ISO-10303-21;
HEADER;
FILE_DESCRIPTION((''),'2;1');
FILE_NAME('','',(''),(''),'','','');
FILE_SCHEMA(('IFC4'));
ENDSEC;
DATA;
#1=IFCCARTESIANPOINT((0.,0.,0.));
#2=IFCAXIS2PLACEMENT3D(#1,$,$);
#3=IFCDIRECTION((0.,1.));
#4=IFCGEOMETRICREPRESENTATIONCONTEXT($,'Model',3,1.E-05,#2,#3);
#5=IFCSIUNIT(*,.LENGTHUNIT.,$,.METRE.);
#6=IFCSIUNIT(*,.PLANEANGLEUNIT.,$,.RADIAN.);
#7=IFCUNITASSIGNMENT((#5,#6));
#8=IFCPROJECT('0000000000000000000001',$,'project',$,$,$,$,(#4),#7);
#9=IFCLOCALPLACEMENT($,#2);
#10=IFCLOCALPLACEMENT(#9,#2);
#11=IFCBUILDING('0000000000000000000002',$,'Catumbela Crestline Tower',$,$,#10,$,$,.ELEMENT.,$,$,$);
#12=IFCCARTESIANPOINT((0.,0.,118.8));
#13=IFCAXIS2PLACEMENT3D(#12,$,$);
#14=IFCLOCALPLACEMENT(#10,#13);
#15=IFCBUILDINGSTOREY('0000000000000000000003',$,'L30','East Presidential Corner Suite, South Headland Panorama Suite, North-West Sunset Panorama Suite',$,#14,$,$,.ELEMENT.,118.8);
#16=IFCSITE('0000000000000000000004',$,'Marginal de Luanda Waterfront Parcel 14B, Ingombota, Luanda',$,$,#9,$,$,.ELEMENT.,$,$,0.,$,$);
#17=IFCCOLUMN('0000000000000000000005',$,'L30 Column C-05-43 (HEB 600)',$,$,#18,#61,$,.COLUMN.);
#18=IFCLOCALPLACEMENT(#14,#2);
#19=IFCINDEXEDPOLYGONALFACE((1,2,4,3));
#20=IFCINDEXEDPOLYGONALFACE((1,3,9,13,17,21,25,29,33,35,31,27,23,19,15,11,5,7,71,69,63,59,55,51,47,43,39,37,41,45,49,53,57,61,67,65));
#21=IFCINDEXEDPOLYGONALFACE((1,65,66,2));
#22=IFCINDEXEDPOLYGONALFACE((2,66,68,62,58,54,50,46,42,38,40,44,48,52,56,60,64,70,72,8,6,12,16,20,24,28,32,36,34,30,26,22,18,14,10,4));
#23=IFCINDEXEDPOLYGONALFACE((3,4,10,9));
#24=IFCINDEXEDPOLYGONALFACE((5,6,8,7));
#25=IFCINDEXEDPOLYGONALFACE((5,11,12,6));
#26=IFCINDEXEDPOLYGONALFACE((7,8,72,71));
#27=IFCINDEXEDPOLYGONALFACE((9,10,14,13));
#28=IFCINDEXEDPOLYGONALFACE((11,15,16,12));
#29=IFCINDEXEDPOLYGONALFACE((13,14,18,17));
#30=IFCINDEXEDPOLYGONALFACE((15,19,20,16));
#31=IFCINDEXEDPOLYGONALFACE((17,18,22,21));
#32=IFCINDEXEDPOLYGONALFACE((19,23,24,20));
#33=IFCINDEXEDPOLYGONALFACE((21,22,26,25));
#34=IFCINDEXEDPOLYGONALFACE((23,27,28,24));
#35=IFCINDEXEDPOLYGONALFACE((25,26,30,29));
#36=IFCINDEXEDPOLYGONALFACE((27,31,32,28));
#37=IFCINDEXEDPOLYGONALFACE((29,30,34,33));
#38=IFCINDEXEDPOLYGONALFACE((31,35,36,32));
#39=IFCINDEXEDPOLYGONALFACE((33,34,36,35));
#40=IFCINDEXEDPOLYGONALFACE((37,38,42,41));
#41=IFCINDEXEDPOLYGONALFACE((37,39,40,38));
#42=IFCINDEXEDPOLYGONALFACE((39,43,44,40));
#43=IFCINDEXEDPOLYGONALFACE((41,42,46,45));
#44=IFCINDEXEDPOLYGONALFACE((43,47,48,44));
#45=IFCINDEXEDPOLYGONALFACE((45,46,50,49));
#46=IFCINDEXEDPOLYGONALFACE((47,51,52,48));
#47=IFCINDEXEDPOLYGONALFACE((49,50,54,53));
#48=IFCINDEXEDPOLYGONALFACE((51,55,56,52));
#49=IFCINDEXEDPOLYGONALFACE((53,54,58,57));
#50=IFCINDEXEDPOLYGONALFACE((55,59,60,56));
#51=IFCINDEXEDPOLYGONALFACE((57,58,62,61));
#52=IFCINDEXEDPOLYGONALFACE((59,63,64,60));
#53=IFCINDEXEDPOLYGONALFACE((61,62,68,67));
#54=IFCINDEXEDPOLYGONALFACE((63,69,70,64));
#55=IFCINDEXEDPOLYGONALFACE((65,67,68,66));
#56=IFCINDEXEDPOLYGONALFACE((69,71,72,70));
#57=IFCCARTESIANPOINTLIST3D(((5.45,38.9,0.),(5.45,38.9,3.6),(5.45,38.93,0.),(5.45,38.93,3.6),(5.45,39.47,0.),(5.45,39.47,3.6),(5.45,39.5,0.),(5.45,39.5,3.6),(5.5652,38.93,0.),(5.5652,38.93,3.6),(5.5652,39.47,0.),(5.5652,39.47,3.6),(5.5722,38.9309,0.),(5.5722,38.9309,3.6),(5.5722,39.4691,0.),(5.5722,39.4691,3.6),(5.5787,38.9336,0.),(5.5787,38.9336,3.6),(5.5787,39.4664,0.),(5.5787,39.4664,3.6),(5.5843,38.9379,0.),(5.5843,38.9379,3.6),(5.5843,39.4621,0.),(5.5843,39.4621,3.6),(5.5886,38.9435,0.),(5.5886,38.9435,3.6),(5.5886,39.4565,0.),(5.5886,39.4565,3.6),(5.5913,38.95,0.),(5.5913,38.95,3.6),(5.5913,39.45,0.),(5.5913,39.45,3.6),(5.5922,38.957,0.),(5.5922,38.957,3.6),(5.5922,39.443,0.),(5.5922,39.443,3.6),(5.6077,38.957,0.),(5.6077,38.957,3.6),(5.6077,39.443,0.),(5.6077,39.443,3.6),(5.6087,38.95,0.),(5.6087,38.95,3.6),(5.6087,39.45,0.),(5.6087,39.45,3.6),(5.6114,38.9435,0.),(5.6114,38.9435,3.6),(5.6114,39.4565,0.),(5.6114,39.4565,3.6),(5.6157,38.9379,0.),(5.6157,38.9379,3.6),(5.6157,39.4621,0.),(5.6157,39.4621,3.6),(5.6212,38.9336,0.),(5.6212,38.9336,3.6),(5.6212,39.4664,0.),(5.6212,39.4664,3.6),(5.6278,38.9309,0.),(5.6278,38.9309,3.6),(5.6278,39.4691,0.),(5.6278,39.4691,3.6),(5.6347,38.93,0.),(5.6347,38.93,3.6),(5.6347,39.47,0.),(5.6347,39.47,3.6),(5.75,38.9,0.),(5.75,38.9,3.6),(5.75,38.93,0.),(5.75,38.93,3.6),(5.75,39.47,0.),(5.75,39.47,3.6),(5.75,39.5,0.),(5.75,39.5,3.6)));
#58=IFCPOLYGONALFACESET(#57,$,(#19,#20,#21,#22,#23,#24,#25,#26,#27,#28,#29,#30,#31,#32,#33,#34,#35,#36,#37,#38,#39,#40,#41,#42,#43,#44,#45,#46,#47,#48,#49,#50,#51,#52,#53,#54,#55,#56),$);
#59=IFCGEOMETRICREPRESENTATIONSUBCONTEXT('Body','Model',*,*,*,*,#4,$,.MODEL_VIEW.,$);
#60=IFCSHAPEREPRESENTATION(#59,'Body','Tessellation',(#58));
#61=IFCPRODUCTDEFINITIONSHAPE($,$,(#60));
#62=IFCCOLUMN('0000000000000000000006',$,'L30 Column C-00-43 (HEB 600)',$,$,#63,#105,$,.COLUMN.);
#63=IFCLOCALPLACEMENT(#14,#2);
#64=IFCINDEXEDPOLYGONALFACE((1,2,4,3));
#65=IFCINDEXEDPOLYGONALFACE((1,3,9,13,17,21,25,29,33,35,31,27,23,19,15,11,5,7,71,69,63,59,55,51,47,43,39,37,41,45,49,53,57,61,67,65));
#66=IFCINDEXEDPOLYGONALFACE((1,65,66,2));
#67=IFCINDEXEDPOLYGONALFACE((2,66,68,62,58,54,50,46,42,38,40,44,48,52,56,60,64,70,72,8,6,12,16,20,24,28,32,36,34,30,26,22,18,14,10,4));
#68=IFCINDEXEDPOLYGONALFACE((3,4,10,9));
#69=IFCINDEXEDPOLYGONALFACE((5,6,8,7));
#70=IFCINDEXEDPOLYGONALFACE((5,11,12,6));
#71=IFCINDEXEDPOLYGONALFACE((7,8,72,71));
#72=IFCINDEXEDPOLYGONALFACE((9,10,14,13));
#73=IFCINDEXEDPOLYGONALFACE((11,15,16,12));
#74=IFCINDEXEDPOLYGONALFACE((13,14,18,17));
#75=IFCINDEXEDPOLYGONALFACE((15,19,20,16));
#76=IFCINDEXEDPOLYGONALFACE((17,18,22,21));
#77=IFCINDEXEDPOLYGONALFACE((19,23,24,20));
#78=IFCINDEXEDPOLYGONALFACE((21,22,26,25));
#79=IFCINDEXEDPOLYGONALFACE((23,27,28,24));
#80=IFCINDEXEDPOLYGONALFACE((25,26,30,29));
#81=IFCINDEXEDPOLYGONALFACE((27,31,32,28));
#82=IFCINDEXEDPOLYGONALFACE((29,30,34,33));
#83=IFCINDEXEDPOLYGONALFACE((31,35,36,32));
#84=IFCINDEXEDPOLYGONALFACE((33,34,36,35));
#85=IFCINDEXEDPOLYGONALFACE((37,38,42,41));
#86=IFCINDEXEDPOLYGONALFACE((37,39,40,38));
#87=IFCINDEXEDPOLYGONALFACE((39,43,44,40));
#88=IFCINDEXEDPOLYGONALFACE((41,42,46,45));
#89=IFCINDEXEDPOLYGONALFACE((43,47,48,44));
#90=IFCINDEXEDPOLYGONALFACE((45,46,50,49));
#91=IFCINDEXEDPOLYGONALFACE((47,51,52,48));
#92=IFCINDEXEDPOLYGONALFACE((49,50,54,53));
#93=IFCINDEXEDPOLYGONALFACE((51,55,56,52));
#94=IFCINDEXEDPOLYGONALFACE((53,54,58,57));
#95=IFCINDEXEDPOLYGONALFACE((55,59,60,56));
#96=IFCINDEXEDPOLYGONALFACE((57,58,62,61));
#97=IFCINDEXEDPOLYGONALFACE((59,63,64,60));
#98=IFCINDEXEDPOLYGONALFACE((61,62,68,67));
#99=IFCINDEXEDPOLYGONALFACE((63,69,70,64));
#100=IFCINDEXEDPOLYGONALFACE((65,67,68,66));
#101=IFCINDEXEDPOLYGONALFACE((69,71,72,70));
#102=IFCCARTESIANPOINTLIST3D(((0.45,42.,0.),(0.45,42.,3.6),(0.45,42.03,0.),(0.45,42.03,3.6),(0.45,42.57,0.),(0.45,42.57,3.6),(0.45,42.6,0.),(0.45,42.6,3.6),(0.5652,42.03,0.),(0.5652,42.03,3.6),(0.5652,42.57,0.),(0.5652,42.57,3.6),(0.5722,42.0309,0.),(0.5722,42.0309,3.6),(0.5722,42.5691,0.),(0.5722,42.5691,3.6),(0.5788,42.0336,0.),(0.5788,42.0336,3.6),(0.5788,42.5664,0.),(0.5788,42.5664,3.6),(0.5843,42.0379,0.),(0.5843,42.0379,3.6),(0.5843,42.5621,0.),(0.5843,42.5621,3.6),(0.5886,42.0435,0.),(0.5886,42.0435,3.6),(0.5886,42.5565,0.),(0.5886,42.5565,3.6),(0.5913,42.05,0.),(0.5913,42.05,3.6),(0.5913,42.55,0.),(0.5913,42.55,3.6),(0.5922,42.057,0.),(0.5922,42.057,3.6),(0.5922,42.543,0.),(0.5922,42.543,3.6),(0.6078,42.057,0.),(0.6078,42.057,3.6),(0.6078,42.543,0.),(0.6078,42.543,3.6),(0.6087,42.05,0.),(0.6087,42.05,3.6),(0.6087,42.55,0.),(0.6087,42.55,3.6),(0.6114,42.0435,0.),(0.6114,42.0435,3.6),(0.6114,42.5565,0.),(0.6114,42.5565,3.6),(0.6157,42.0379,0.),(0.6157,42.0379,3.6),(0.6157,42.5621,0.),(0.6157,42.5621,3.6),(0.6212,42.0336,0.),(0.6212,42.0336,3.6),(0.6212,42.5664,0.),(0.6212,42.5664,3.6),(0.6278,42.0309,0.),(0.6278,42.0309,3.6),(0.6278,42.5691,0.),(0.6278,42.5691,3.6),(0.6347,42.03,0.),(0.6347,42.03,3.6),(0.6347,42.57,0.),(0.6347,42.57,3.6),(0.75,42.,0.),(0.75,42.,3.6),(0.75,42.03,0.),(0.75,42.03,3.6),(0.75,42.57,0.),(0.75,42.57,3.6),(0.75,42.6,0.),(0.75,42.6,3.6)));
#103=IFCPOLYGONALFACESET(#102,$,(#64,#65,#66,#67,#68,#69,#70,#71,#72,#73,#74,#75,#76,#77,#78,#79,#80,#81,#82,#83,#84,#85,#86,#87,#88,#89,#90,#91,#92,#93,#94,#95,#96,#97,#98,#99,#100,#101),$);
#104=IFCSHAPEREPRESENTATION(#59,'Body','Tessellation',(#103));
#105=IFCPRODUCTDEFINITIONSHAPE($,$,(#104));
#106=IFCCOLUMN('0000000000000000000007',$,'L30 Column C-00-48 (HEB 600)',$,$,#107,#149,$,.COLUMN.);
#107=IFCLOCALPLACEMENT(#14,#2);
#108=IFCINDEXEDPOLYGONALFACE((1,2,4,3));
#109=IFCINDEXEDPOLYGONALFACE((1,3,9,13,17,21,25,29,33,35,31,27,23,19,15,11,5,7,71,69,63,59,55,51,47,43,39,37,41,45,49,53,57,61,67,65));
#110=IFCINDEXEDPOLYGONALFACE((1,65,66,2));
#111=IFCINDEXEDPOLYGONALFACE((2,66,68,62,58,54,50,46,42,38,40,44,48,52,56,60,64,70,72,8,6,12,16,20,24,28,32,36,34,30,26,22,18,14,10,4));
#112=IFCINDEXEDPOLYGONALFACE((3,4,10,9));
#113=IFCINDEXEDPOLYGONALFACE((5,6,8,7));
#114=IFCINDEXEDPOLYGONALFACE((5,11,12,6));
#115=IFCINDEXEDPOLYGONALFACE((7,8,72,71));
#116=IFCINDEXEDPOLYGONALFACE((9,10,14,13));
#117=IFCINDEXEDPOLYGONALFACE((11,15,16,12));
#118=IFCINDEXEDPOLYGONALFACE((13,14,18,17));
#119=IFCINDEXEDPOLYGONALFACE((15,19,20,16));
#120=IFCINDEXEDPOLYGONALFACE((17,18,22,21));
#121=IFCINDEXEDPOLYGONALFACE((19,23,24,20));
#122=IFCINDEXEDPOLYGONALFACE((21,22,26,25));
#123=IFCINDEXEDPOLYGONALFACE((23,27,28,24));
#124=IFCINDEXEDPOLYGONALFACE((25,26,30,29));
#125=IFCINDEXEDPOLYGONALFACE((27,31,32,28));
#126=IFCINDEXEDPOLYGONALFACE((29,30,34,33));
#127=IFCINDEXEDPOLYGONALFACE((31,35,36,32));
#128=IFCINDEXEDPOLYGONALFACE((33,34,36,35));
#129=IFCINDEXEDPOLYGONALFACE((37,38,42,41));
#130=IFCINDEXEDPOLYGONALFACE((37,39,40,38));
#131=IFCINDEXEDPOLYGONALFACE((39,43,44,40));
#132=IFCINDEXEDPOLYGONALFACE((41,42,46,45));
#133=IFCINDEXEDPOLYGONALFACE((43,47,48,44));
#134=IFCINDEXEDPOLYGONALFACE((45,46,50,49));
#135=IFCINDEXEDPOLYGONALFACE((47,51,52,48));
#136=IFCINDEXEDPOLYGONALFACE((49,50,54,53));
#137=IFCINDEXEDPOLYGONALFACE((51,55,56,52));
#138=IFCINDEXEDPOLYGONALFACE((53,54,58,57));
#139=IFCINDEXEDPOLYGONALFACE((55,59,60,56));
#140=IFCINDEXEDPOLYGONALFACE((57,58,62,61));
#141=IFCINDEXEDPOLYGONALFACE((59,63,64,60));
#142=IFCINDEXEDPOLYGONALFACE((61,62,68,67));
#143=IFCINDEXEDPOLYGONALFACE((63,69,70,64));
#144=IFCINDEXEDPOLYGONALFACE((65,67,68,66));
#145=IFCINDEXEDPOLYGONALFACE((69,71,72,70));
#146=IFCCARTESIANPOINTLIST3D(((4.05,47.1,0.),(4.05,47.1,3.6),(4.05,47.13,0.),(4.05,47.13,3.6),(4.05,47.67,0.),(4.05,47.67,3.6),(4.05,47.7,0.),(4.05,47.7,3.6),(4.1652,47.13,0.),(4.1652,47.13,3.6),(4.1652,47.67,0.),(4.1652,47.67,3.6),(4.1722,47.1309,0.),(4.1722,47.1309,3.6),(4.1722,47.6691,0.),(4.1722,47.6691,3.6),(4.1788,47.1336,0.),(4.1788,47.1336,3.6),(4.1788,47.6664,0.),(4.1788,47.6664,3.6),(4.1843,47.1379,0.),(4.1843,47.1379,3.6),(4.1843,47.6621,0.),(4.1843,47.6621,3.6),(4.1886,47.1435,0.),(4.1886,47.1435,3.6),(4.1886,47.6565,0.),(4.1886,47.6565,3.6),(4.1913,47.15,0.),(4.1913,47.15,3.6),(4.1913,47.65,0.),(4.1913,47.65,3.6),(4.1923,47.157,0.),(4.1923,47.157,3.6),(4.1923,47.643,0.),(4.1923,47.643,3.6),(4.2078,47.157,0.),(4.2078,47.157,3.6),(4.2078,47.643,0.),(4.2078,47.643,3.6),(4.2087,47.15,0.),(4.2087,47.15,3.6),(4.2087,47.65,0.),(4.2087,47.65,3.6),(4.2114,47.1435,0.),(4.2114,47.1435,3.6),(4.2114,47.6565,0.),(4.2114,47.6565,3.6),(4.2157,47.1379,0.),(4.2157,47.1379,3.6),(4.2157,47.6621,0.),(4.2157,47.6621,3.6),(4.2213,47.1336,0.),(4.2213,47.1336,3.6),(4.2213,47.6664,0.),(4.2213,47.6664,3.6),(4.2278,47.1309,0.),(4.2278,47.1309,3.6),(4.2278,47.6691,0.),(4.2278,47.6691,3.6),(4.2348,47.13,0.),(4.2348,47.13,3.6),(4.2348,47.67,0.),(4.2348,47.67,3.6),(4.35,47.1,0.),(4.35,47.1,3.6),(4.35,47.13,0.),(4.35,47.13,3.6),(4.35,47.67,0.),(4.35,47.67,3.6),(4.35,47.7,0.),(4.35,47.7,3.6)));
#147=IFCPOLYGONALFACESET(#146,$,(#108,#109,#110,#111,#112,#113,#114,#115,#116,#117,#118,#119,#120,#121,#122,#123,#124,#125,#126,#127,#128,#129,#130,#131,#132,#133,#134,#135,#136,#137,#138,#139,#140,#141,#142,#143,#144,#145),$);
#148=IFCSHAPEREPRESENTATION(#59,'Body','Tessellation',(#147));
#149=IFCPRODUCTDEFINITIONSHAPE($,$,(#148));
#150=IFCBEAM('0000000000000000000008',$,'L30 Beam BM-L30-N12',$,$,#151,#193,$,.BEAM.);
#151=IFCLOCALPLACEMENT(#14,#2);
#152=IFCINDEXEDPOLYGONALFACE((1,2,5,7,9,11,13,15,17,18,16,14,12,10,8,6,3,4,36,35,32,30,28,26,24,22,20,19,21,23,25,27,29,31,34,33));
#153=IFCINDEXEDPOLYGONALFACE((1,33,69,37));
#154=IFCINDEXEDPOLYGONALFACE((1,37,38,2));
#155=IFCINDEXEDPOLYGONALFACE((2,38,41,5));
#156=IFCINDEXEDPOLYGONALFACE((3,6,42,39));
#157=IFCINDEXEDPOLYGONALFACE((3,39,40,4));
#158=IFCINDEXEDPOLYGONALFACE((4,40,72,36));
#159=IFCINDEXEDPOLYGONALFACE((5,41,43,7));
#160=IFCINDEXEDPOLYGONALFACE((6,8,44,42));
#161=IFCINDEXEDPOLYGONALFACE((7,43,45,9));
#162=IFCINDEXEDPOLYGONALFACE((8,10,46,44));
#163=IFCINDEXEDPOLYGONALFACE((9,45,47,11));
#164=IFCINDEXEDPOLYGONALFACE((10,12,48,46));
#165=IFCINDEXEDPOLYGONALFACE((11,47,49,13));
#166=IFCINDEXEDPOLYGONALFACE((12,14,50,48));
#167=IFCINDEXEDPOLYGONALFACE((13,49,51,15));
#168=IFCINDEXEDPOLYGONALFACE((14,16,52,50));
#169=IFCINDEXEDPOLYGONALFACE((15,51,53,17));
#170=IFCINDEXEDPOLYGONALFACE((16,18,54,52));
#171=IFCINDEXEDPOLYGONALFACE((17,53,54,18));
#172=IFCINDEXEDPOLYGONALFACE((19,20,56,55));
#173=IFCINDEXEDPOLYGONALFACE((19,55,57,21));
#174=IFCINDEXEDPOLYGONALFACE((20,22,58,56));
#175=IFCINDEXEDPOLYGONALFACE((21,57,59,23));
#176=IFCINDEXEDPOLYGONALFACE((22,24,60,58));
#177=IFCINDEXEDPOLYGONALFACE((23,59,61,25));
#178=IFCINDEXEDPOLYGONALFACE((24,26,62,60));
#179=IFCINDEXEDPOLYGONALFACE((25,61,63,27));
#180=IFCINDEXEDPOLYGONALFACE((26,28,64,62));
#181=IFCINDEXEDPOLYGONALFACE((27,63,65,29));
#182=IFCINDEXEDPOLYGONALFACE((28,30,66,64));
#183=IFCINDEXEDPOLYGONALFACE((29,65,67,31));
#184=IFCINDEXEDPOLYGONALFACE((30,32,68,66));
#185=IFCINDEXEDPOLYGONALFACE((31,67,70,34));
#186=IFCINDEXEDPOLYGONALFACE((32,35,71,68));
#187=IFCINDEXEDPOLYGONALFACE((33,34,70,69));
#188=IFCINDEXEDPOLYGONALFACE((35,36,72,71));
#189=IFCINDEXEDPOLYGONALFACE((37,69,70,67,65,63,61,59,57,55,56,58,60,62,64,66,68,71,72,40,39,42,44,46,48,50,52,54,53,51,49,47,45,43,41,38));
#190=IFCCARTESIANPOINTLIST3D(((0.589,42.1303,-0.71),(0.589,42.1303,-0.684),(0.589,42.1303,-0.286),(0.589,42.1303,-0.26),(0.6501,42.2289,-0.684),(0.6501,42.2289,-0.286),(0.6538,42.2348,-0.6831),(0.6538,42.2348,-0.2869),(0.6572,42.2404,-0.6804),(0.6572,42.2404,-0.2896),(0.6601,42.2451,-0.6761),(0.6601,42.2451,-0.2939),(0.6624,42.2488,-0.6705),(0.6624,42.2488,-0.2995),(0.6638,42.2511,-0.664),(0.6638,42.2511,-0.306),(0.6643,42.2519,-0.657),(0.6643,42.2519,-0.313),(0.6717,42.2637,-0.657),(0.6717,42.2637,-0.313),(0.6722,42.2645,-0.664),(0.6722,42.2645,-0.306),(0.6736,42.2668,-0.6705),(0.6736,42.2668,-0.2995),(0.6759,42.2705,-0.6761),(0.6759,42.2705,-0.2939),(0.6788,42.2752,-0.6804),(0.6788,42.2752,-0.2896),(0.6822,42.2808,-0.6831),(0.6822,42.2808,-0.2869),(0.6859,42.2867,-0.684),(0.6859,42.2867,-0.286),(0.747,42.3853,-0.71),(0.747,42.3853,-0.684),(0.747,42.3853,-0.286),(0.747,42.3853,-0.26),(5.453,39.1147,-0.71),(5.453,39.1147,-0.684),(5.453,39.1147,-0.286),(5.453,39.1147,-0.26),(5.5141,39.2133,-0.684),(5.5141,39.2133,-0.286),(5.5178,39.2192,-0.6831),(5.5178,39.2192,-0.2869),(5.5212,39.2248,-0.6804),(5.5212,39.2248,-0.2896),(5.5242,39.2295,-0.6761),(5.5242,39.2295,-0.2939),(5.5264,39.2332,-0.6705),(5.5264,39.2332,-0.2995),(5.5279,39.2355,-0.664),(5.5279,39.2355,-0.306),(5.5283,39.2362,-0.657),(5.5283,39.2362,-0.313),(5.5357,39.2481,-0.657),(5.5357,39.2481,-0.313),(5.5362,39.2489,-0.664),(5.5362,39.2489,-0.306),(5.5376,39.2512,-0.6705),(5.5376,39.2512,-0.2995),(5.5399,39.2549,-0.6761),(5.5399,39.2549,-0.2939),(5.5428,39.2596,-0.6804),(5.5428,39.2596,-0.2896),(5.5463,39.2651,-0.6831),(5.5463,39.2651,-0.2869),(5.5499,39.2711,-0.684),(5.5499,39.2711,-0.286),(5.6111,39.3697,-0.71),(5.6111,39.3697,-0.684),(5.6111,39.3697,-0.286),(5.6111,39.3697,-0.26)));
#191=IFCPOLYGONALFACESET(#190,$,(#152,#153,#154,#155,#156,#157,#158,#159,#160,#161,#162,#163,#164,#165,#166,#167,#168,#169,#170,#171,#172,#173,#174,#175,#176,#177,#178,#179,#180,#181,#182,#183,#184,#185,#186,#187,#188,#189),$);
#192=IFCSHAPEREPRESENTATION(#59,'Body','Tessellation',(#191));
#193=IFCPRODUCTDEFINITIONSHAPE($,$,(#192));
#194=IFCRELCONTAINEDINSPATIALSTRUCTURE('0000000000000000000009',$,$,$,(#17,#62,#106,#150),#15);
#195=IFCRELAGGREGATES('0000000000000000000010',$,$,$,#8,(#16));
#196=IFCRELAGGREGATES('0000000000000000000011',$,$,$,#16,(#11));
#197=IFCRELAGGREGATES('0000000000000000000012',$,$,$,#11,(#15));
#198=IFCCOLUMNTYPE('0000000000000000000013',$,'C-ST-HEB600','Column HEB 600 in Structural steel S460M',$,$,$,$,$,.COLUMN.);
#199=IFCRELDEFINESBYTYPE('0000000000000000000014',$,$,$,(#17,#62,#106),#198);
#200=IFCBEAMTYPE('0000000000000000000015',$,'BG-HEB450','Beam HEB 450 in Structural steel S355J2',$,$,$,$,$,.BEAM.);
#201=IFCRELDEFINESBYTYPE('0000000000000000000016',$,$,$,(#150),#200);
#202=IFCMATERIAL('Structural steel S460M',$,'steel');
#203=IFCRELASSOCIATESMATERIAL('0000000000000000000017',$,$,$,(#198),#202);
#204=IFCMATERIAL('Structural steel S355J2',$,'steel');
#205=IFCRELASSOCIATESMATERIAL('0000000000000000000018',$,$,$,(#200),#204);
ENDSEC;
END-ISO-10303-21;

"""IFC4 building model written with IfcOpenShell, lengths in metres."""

from ifc_helpers import new_model, si_unit, direction, frame, origin, origin_2d, place, context, subcontext, project, spatial, i_section, extrude, material, material_profile, profile_set, type_object, element, save


model = new_model("IFC4")

# Units and contexts
model_context = context("Model", 3, precision=1e-05, world=origin(), true_north=direction((0.0, 1.0)))
body_context = subcontext(model_context, "Body", "Model", "MODEL_VIEW")
ifc_project = project(units=[si_unit("LENGTHUNIT", "METRE"), si_unit("PLANEANGLEUNIT", "RADIAN")], contexts=[model_context])

# Site, building, storey
site_placement = place(None, origin())
site = spatial("IfcSite", under=ifc_project, at=site_placement, Name="Marginal de Luanda Waterfront Parcel 14B, Ingombota, Luanda", CompositionType="ELEMENT", RefElevation=0.0)
building_placement = place(site_placement, origin())
building = spatial("IfcBuilding", under=site, at=building_placement, Name="Catumbela Crestline Tower", CompositionType="ELEMENT")
storey_placement = place(building_placement, frame((0.0, 0.0, 118.8)))
storey = spatial("IfcBuildingStorey", under=building, at=storey_placement, Name="L30", Description="East Presidential Corner Suite, South Headland Panorama Suite, North-West Sunset Panorama Suite", CompositionType="ELEMENT", Elevation=118.8)

# Columns
ifc_material_1 = material(Name="Structural steel S460M", Category="steel")
ifc_material_profile_1 = material_profile(ifc_material_1, i_section(OverallWidth=0.3, OverallDepth=0.6, WebThickness=0.0155, FlangeThickness=0.03, FilletRadius=0.027, at=origin_2d()), Name="HEB 600")
ifc_profile_set_1 = profile_set([ifc_material_profile_1], Name="Structural steel S460M")
column_type = type_object("IfcColumnType", Name="C-ST-HEB600", Description="Column HEB 600 in Structural steel S460M", PredefinedType="COLUMN", material=ifc_profile_set_1)
for number, where, z_axis, x_axis, name in (
    (1, (5.6, 39.2, 0.0), (0.0, 0.0, 1.0), (1.0, 0.0, 0.0), "L30 Column C-05-43 (HEB 600)"),
    (2, (0.6, 42.3, 0.0), (0.0, 0.0, 1.0), (1.0, 0.0, 0.0), "L30 Column C-00-43 (HEB 600)"),
    (3, (4.2, 47.4, 0.0), (0.0, 0.0, 1.0), (1.0, 0.0, 0.0), "L30 Column C-00-48 (HEB 600)"),
):
    element("IfcColumn", number, at=place(storey_placement, frame(where, z_axis=z_axis, x_axis=x_axis)), inside=storey, type_object=column_type, Name=name, PredefinedType="COLUMN", context=body_context, shape_type="SweptSolid", body=[
        extrude(i_section(OverallWidth=0.3, OverallDepth=0.6, WebThickness=0.0155, FlangeThickness=0.03, FilletRadius=0.027, at=origin_2d()), origin(), (0.0, 0.0, 1.0), 3.6),
    ])

# Beam
ifc_material_2 = material(Name="Structural steel S355J2", Category="steel")
ifc_material_profile_2 = material_profile(ifc_material_2, i_section(OverallWidth=0.3, OverallDepth=0.45, WebThickness=0.014, FlangeThickness=0.026, FilletRadius=0.027, at=origin_2d()), Name="HEB 450")
ifc_profile_set_2 = profile_set([ifc_material_profile_2], Name="Structural steel S355J2")
beam_type_1 = type_object("IfcBeamType", Name="BG-HEB450", Description="Beam HEB 450 in Structural steel S355J2", PredefinedType="BEAM", material=ifc_profile_set_2)
beam_1_placement = place(storey_placement, frame((0.668, 42.2578, -0.485), z_axis=(0.849909, -0.52693, 0.0), x_axis=(0.52693, 0.849909, 0.0)))
element("IfcBeam", 4, at=beam_1_placement, inside=storey, type_object=beam_type_1, Name="L30 Beam BM-L30-N12", PredefinedType="BEAM", context=body_context, shape_type="SweptSolid", body=[
    extrude(i_section(OverallWidth=0.3, OverallDepth=0.45, WebThickness=0.014, FlangeThickness=0.026, FilletRadius=0.027, at=origin_2d()), origin(), (0.0, 0.0, 1.0), 5.723),
])

save(model, "model.ifc")
